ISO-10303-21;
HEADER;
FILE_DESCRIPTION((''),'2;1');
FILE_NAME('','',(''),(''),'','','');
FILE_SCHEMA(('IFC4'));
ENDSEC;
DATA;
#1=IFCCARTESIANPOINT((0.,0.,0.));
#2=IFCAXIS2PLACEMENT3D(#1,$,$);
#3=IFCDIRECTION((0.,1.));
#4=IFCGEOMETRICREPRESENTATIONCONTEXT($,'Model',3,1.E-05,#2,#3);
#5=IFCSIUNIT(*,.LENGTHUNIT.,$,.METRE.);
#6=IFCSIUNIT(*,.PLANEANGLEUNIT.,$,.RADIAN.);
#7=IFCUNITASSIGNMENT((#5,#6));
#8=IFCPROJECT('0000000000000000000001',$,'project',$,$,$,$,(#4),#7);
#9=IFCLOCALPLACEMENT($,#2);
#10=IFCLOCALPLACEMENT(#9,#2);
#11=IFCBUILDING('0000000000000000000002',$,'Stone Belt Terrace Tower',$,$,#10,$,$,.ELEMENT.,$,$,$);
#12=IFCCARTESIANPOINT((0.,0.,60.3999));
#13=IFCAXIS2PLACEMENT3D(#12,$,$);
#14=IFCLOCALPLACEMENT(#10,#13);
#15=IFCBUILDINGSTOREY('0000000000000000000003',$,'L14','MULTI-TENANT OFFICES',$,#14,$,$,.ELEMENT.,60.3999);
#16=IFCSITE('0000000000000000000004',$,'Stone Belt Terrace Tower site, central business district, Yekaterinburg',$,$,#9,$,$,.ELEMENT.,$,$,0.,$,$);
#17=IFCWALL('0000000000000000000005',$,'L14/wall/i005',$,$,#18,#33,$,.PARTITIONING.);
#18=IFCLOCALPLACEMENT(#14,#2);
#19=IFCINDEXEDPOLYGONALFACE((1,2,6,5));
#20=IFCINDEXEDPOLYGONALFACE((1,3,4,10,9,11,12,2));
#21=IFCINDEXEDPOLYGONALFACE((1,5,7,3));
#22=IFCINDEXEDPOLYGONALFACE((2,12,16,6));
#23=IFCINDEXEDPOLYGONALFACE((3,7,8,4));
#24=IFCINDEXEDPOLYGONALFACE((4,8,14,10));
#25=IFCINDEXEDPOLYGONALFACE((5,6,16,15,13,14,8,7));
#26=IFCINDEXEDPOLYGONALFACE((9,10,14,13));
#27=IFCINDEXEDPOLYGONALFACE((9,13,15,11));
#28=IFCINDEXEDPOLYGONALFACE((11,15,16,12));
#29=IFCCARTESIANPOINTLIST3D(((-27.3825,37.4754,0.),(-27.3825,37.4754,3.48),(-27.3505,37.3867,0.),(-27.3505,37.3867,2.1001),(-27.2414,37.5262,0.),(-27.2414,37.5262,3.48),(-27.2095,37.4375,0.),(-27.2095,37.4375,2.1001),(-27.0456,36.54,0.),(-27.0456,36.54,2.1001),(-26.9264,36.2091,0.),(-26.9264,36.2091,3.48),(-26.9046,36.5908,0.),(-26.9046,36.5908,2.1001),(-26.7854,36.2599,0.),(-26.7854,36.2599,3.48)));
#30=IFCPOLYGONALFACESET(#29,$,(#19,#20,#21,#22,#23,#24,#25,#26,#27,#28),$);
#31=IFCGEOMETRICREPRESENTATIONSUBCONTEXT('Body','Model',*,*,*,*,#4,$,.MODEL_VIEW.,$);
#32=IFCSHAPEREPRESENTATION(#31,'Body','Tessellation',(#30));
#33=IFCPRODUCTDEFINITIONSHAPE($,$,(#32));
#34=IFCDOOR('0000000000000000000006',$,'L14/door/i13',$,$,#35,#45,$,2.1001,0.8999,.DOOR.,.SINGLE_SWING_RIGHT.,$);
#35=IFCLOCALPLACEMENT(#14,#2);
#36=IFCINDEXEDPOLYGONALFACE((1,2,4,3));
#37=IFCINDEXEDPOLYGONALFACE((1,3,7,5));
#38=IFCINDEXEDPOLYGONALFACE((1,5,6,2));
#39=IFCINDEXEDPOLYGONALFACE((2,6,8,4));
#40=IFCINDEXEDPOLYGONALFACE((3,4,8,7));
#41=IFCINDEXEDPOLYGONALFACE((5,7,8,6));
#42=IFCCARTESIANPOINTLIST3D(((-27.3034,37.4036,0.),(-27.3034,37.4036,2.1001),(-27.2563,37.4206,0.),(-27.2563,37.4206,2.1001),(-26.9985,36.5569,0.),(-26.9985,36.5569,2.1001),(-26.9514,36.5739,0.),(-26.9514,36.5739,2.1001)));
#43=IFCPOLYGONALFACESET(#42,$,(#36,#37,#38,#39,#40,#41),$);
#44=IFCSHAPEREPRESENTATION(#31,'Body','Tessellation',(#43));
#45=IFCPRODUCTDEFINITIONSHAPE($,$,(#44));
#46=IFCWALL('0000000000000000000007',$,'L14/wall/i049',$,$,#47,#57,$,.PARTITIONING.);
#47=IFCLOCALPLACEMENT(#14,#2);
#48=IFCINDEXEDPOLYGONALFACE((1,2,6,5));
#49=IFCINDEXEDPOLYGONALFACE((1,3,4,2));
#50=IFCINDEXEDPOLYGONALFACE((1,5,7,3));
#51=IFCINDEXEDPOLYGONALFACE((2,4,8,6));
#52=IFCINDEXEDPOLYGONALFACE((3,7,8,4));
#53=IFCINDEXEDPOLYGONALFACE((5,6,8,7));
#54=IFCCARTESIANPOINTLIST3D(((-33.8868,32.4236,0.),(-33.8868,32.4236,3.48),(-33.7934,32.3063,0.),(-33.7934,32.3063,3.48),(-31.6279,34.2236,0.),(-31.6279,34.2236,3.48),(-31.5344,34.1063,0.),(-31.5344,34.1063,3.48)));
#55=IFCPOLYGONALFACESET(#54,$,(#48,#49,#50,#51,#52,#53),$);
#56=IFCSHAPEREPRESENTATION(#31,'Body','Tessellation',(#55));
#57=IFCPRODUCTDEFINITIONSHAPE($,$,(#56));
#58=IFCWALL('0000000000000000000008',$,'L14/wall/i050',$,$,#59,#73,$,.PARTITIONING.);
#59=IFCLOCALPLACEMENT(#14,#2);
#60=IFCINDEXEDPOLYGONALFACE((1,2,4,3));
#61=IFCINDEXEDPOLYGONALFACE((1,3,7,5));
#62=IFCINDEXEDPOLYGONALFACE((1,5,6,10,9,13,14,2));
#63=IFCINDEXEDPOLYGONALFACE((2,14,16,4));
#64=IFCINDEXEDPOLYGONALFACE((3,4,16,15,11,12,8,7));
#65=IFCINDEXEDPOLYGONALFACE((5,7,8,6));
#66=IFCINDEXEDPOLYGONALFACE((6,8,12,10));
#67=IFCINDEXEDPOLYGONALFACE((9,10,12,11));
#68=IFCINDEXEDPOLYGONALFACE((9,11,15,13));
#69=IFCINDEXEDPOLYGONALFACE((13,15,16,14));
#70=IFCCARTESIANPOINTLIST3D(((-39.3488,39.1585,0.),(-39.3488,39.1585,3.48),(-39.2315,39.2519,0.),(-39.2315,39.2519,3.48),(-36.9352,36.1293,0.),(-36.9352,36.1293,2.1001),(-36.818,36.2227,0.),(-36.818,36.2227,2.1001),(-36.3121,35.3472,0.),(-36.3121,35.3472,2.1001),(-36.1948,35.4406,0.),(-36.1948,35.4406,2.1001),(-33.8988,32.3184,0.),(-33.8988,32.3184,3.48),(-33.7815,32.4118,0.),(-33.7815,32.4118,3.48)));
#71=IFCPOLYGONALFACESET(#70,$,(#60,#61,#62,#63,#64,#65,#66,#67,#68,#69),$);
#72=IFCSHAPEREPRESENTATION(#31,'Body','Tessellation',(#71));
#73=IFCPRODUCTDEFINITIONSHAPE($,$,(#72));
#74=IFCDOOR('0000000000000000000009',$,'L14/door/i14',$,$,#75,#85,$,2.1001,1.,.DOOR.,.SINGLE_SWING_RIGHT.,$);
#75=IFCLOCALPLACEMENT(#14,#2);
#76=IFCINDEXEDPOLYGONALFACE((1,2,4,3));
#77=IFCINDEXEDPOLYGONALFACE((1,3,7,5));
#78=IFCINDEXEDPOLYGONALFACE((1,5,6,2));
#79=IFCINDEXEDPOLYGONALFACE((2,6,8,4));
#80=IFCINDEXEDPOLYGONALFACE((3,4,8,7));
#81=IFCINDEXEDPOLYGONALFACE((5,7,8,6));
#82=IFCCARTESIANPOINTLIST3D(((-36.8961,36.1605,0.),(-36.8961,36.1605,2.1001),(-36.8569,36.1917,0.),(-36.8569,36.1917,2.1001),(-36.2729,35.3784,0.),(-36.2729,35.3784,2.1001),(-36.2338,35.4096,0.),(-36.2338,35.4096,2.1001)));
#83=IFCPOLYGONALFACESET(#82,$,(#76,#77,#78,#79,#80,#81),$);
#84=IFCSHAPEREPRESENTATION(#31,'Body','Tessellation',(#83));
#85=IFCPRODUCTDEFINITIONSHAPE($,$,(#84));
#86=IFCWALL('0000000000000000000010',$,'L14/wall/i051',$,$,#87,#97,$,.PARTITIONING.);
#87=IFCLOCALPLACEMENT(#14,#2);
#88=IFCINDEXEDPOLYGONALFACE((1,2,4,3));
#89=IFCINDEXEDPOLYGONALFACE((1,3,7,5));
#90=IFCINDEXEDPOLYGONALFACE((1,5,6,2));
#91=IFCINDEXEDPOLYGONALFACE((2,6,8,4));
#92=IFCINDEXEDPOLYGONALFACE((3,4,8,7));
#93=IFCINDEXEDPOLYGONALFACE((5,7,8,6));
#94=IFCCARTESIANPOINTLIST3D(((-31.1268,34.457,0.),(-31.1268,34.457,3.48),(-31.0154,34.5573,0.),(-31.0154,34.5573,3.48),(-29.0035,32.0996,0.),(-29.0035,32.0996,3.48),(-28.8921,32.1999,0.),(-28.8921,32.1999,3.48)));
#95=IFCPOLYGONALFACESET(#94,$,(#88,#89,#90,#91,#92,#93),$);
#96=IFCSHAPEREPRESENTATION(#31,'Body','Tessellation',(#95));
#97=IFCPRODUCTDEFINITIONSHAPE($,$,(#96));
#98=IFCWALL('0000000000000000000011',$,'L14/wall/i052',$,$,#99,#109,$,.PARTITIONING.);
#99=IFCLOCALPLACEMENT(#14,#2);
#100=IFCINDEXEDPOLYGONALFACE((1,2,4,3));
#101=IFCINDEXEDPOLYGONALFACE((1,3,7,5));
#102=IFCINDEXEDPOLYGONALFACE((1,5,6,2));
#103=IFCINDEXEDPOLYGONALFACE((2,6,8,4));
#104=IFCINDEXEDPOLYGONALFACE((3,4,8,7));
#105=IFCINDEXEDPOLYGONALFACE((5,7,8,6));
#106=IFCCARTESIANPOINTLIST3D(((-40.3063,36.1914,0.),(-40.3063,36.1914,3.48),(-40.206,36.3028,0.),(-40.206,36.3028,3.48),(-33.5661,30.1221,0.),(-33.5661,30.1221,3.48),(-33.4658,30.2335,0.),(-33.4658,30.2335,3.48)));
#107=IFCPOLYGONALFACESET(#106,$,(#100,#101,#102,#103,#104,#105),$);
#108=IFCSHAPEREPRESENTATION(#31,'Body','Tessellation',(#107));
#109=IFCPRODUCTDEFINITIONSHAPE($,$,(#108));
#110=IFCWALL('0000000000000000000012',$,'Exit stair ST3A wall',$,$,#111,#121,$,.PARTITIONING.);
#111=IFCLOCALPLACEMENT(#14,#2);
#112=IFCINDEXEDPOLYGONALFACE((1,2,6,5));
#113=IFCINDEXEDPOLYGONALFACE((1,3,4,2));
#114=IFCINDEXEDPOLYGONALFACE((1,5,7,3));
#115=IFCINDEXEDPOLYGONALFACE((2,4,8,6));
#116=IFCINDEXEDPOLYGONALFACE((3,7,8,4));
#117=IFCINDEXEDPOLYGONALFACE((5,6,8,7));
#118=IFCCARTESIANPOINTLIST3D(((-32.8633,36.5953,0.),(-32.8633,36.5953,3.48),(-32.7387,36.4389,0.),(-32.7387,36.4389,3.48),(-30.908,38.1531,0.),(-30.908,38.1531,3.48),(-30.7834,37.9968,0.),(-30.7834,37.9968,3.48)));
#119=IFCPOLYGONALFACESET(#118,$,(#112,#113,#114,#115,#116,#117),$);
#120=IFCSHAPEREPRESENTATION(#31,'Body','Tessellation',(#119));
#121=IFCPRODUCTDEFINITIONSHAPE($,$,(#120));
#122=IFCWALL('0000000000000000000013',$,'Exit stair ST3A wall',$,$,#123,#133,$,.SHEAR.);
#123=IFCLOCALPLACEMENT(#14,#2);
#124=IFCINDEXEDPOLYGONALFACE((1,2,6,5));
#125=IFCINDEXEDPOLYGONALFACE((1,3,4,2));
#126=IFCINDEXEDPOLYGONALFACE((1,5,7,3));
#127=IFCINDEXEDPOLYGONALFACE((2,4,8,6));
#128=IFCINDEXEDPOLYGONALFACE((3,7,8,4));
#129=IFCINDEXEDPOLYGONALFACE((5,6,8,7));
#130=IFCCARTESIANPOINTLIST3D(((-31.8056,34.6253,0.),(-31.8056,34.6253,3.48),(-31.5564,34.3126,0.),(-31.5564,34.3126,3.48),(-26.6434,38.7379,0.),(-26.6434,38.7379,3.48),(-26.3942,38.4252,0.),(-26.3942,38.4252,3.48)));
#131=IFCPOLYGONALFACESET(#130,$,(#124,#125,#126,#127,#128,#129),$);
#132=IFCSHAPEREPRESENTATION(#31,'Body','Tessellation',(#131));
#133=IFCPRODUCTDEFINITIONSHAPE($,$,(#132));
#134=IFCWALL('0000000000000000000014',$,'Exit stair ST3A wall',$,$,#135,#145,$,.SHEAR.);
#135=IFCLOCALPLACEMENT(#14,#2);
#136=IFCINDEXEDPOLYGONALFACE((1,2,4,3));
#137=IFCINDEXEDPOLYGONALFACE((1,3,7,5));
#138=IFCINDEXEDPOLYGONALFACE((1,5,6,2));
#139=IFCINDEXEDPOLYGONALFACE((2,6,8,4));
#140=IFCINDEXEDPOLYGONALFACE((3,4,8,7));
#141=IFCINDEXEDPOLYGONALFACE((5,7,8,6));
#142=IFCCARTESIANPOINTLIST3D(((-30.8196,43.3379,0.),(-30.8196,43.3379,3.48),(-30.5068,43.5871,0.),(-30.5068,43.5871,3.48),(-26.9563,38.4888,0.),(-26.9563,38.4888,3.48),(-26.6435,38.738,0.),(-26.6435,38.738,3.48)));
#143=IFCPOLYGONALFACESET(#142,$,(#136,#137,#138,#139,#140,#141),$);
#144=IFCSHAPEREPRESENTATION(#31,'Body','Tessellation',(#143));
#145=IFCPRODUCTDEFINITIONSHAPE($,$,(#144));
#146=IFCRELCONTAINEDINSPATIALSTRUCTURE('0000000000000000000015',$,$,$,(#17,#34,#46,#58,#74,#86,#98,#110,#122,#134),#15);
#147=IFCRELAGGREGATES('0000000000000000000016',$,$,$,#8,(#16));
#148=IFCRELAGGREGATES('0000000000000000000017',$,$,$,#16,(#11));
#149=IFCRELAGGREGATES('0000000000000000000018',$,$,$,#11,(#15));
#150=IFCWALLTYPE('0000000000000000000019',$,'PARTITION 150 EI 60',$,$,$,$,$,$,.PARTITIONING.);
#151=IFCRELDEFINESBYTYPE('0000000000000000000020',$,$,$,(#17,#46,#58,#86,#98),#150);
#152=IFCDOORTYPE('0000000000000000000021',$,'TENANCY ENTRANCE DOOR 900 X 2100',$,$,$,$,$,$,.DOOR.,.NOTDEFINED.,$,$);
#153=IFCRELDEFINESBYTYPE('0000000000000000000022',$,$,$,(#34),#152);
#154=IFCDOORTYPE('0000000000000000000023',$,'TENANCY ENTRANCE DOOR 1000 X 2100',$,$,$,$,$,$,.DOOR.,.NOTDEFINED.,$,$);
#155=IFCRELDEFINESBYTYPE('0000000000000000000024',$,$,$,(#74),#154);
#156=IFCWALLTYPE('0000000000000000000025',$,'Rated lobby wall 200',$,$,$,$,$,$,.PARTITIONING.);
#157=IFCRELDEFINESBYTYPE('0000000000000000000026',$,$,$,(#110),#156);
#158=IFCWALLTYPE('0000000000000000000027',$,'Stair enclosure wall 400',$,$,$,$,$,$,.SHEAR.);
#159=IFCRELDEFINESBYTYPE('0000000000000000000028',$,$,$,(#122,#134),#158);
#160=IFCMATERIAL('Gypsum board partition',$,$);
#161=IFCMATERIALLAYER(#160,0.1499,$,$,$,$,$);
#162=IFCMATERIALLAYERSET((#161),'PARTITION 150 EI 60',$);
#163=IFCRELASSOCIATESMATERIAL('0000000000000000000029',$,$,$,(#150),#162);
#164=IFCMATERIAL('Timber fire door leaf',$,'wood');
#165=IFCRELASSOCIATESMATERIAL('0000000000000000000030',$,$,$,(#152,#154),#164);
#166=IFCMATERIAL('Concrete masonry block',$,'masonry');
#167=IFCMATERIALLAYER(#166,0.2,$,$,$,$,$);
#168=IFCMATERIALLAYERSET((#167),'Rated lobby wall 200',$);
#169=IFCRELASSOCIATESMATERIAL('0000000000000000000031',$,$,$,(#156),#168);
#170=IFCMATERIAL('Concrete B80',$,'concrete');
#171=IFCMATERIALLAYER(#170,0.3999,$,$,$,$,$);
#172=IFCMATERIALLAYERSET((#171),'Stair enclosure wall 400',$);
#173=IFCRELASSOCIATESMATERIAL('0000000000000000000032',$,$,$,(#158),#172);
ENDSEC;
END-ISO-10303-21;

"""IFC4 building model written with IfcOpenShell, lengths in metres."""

from ifc_helpers import new_model, si_unit, direction, frame, frame_2d, origin, place, context, subcontext, project, spatial, rectangle, extrude, material, layer, layer_set, type_object, element, fill, save


model = new_model("IFC4")

# Units and contexts
model_context = context("Model", 3, precision=1e-05, world=origin(), true_north=direction((0.0, 1.0)))
body_context = subcontext(model_context, "Body", "Model", "MODEL_VIEW")
ifc_project = project(units=[si_unit("LENGTHUNIT", "METRE"), si_unit("PLANEANGLEUNIT", "RADIAN")], contexts=[model_context])

# Site, building, storey
site_placement = place(None, origin())
site = spatial("IfcSite", under=ifc_project, at=site_placement, Name="Stone Belt Terrace Tower site, central business district, Yekaterinburg", CompositionType="ELEMENT", RefElevation=0.0)
building_placement = place(site_placement, origin())
building = spatial("IfcBuilding", under=site, at=building_placement, Name="Stone Belt Terrace Tower", CompositionType="ELEMENT")
storey_placement = place(building_placement, frame((0.0, 0.0, 60.3999)))
storey = spatial("IfcBuildingStorey", under=building, at=storey_placement, Name="L14", Description="MULTI-TENANT OFFICES", CompositionType="ELEMENT", Elevation=60.3999)

# Shared definitions
ifc_material_1 = material(Name="Concrete B80", Category="concrete")

# Shared definitions
ifc_material_2 = material(Name="Gypsum board partition")
ifc_layer_1 = layer(ifc_material_2, 0.1499)
ifc_layer_set_1 = layer_set([ifc_layer_1], Name="PARTITION 150 EI 60")
wall_type_1 = type_object("IfcWallType", Name="PARTITION 150 EI 60", PredefinedType="PARTITIONING", material=ifc_layer_set_1)

# Wall, opening, door
wall_1_placement = place(storey_placement, frame((-26.856, 36.2346, 0.0), z_axis=(0.0, 0.0, 1.0), x_axis=(-0.338829, 0.940848, 0.0)))
wall_1 = element("IfcWall", 1, at=wall_1_placement, inside=storey, type_object=wall_type_1, Name="L14/wall/i005", PredefinedType="PARTITIONING", context=body_context, shape_type="SweptSolid", body=[
    extrude(rectangle(XDim=1.3459, YDim=0.1499, at=frame_2d((0.6729, 0.0))), origin(), (0.0, 0.0, 1.0), 3.48),
])
opening_1_placement = place(wall_1_placement, frame((0.3516, 0.0, 0.0)))
opening_1 = element("IfcOpeningElement", 2, at=opening_1_placement, cuts=wall_1, PredefinedType="OPENING", context=body_context, shape_type="SweptSolid", body=[
    extrude(rectangle(XDim=0.8999, YDim=2.1001, at=frame_2d((0.45, 1.05))), frame((0.0, 0.085, 0.0), z_axis=(0.0, -1.0, 0.0), x_axis=(1.0, 0.0, 0.0)), (0.0, 0.0, 1.0), 0.1699),
])
ifc_material_3 = material(Name="Timber fire door leaf", Category="wood")
door_type_1 = type_object("IfcDoorType", Name="TENANCY ENTRANCE DOOR 900 X 2100", OperationType="NOTDEFINED", PredefinedType="DOOR", material=ifc_material_3)
door_1_placement = place(opening_1_placement, origin())
door_1 = element("IfcDoor", 3, at=door_1_placement, inside=storey, type_object=door_type_1, Name="L14/door/i13", OperationType="SINGLE_SWING_RIGHT", OverallHeight=2.1001, OverallWidth=0.8999, PredefinedType="DOOR", context=body_context, shape_type="SweptSolid", body=[
    extrude(rectangle(XDim=0.8999, YDim=2.1001, at=frame_2d((0.45, 1.05))), frame((0.0, 0.0249, 0.0), z_axis=(0.0, -1.0, 0.0), x_axis=(1.0, 0.0, 0.0)), (0.0, 0.0, 1.0), 0.05),
])
fill(opening_1, door_1)

# Wall
wall_2_placement = place(storey_placement, frame((-31.5811, 34.165, 0.0), z_axis=(0.0, 0.0, 1.0), x_axis=(-0.78208, -0.623179, 0.0)))
element("IfcWall", 4, at=wall_2_placement, inside=storey, type_object=wall_type_1, Name="L14/wall/i049", PredefinedType="PARTITIONING", context=body_context, shape_type="SweptSolid", body=[
    extrude(rectangle(XDim=2.8884, YDim=0.1499, at=frame_2d((1.4443, 0.0))), origin(), (0.0, 0.0, 1.0), 3.48),
])

# Wall, opening, door
wall_3_placement = place(storey_placement, frame((-33.8401, 32.365, 0.0), z_axis=(0.0, 0.0, 1.0), x_axis=(-0.623152, 0.782101, 0.0)))
wall_3 = element("IfcWall", 5, at=wall_3_placement, inside=storey, type_object=wall_type_1, Name="L14/wall/i050", PredefinedType="PARTITIONING", context=body_context, shape_type="SweptSolid", body=[
    extrude(rectangle(XDim=8.7458, YDim=0.1499, at=frame_2d((4.373, 0.0))), origin(), (0.0, 0.0, 1.0), 3.48),
])
opening_2_placement = place(wall_3_placement, frame((3.8728, 0.0, 0.0)))
opening_2 = element("IfcOpeningElement", 6, at=opening_2_placement, cuts=wall_3, PredefinedType="OPENING", context=body_context, shape_type="SweptSolid", body=[
    extrude(rectangle(XDim=1.0, YDim=2.1001, at=frame_2d((0.5, 1.05))), frame((0.0, 0.085, 0.0), z_axis=(0.0, -1.0, 0.0), x_axis=(1.0, 0.0, 0.0)), (0.0, 0.0, 1.0), 0.1699),
])
door_type_2 = type_object("IfcDoorType", Name="TENANCY ENTRANCE DOOR 1000 X 2100", OperationType="NOTDEFINED", PredefinedType="DOOR", material=ifc_material_3)
door_2_placement = place(opening_2_placement, origin())
door_2 = element("IfcDoor", 7, at=door_2_placement, inside=storey, type_object=door_type_2, Name="L14/door/i14", OperationType="SINGLE_SWING_RIGHT", OverallHeight=2.1001, OverallWidth=1.0, PredefinedType="DOOR", context=body_context, shape_type="SweptSolid", body=[
    extrude(rectangle(XDim=1.0, YDim=2.1001, at=frame_2d((0.5, 1.05))), frame((0.0, 0.0249, 0.0), z_axis=(0.0, -1.0, 0.0), x_axis=(1.0, 0.0, 0.0)), (0.0, 0.0, 1.0), 0.05),
])
fill(opening_2, door_2)

# Walls
wall_4_placement = place(storey_placement, frame((-28.9478, 32.1497, 0.0), z_axis=(0.0, 0.0, 1.0), x_axis=(-0.669245, 0.743042, 0.0)))
element("IfcWall", 8, at=wall_4_placement, inside=storey, type_object=wall_type_1, Name="L14/wall/i051", PredefinedType="PARTITIONING", context=body_context, shape_type="SweptSolid", body=[
    extrude(rectangle(XDim=3.1726, YDim=0.1499, at=frame_2d((1.5864, 0.0))), origin(), (0.0, 0.0, 1.0), 3.48),
])
wall_5_placement = place(storey_placement, frame((-33.5159, 30.1777, 0.0), z_axis=(0.0, 0.0, 1.0), x_axis=(-0.743123, 0.669155, 0.0)))
element("IfcWall", 9, at=wall_5_placement, inside=storey, type_object=wall_type_1, Name="L14/wall/i052", PredefinedType="PARTITIONING", context=body_context, shape_type="SweptSolid", body=[
    extrude(rectangle(XDim=9.0701, YDim=0.1499, at=frame_2d((4.5352, 0.0))), origin(), (0.0, 0.0, 1.0), 3.48),
])
ifc_material_4 = material(Name="Concrete masonry block", Category="masonry")
ifc_layer_2 = layer(ifc_material_4, 0.2)
ifc_layer_set_2 = layer_set([ifc_layer_2], Name="Rated lobby wall 200")
wall_type_2 = type_object("IfcWallType", Name="Rated lobby wall 200", PredefinedType="PARTITIONING", material=ifc_layer_set_2)
wall_6_placement = place(storey_placement, frame((-30.8457, 38.075, 0.0), z_axis=(0.0, 0.0, 1.0), x_axis=(-0.782115, -0.623134, 0.0)))
element("IfcWall", 10, at=wall_6_placement, inside=storey, type_object=wall_type_2, Name="Exit stair ST3A wall", PredefinedType="PARTITIONING", context=body_context, shape_type="SweptSolid", body=[
    extrude(rectangle(XDim=2.5, YDim=0.2, at=frame_2d((1.25, 0.0))), origin(), (0.0, 0.0, 1.0), 3.48),
])
ifc_layer_3 = layer(ifc_material_1, 0.3999)
ifc_layer_set_3 = layer_set([ifc_layer_3], Name="Stair enclosure wall 400")
wall_type_3 = type_object("IfcWallType", Name="Stair enclosure wall 400", PredefinedType="SHEAR", material=ifc_layer_set_3)
wall_7_placement = place(storey_placement, frame((-26.5188, 38.5815, 0.0), z_axis=(0.0, 0.0, 1.0), x_axis=(-0.782134, -0.62311, 0.0)))
element("IfcWall", 11, at=wall_7_placement, inside=storey, type_object=wall_type_3, Name="Exit stair ST3A wall", PredefinedType="SHEAR", context=body_context, shape_type="SweptSolid", body=[
    extrude(rectangle(XDim=6.6001, YDim=0.3999, at=frame_2d((3.3, 0.0))), origin(), (0.0, 0.0, 1.0), 3.48),
])
wall_8_placement = place(storey_placement, frame((-26.7998, 38.6133, 0.0), z_axis=(0.0, 0.0, 1.0), x_axis=(-0.623119, 0.782127, 0.0)))
element("IfcWall", 12, at=wall_8_placement, inside=storey, type_object=wall_type_3, Name="Exit stair ST3A wall", PredefinedType="SHEAR", context=body_context, shape_type="SweptSolid", body=[
    extrude(rectangle(XDim=6.2, YDim=0.3999, at=frame_2d((3.1001, 0.0))), origin(), (0.0, 0.0, 1.0), 3.48),
])

save(model, "model.ifc")
